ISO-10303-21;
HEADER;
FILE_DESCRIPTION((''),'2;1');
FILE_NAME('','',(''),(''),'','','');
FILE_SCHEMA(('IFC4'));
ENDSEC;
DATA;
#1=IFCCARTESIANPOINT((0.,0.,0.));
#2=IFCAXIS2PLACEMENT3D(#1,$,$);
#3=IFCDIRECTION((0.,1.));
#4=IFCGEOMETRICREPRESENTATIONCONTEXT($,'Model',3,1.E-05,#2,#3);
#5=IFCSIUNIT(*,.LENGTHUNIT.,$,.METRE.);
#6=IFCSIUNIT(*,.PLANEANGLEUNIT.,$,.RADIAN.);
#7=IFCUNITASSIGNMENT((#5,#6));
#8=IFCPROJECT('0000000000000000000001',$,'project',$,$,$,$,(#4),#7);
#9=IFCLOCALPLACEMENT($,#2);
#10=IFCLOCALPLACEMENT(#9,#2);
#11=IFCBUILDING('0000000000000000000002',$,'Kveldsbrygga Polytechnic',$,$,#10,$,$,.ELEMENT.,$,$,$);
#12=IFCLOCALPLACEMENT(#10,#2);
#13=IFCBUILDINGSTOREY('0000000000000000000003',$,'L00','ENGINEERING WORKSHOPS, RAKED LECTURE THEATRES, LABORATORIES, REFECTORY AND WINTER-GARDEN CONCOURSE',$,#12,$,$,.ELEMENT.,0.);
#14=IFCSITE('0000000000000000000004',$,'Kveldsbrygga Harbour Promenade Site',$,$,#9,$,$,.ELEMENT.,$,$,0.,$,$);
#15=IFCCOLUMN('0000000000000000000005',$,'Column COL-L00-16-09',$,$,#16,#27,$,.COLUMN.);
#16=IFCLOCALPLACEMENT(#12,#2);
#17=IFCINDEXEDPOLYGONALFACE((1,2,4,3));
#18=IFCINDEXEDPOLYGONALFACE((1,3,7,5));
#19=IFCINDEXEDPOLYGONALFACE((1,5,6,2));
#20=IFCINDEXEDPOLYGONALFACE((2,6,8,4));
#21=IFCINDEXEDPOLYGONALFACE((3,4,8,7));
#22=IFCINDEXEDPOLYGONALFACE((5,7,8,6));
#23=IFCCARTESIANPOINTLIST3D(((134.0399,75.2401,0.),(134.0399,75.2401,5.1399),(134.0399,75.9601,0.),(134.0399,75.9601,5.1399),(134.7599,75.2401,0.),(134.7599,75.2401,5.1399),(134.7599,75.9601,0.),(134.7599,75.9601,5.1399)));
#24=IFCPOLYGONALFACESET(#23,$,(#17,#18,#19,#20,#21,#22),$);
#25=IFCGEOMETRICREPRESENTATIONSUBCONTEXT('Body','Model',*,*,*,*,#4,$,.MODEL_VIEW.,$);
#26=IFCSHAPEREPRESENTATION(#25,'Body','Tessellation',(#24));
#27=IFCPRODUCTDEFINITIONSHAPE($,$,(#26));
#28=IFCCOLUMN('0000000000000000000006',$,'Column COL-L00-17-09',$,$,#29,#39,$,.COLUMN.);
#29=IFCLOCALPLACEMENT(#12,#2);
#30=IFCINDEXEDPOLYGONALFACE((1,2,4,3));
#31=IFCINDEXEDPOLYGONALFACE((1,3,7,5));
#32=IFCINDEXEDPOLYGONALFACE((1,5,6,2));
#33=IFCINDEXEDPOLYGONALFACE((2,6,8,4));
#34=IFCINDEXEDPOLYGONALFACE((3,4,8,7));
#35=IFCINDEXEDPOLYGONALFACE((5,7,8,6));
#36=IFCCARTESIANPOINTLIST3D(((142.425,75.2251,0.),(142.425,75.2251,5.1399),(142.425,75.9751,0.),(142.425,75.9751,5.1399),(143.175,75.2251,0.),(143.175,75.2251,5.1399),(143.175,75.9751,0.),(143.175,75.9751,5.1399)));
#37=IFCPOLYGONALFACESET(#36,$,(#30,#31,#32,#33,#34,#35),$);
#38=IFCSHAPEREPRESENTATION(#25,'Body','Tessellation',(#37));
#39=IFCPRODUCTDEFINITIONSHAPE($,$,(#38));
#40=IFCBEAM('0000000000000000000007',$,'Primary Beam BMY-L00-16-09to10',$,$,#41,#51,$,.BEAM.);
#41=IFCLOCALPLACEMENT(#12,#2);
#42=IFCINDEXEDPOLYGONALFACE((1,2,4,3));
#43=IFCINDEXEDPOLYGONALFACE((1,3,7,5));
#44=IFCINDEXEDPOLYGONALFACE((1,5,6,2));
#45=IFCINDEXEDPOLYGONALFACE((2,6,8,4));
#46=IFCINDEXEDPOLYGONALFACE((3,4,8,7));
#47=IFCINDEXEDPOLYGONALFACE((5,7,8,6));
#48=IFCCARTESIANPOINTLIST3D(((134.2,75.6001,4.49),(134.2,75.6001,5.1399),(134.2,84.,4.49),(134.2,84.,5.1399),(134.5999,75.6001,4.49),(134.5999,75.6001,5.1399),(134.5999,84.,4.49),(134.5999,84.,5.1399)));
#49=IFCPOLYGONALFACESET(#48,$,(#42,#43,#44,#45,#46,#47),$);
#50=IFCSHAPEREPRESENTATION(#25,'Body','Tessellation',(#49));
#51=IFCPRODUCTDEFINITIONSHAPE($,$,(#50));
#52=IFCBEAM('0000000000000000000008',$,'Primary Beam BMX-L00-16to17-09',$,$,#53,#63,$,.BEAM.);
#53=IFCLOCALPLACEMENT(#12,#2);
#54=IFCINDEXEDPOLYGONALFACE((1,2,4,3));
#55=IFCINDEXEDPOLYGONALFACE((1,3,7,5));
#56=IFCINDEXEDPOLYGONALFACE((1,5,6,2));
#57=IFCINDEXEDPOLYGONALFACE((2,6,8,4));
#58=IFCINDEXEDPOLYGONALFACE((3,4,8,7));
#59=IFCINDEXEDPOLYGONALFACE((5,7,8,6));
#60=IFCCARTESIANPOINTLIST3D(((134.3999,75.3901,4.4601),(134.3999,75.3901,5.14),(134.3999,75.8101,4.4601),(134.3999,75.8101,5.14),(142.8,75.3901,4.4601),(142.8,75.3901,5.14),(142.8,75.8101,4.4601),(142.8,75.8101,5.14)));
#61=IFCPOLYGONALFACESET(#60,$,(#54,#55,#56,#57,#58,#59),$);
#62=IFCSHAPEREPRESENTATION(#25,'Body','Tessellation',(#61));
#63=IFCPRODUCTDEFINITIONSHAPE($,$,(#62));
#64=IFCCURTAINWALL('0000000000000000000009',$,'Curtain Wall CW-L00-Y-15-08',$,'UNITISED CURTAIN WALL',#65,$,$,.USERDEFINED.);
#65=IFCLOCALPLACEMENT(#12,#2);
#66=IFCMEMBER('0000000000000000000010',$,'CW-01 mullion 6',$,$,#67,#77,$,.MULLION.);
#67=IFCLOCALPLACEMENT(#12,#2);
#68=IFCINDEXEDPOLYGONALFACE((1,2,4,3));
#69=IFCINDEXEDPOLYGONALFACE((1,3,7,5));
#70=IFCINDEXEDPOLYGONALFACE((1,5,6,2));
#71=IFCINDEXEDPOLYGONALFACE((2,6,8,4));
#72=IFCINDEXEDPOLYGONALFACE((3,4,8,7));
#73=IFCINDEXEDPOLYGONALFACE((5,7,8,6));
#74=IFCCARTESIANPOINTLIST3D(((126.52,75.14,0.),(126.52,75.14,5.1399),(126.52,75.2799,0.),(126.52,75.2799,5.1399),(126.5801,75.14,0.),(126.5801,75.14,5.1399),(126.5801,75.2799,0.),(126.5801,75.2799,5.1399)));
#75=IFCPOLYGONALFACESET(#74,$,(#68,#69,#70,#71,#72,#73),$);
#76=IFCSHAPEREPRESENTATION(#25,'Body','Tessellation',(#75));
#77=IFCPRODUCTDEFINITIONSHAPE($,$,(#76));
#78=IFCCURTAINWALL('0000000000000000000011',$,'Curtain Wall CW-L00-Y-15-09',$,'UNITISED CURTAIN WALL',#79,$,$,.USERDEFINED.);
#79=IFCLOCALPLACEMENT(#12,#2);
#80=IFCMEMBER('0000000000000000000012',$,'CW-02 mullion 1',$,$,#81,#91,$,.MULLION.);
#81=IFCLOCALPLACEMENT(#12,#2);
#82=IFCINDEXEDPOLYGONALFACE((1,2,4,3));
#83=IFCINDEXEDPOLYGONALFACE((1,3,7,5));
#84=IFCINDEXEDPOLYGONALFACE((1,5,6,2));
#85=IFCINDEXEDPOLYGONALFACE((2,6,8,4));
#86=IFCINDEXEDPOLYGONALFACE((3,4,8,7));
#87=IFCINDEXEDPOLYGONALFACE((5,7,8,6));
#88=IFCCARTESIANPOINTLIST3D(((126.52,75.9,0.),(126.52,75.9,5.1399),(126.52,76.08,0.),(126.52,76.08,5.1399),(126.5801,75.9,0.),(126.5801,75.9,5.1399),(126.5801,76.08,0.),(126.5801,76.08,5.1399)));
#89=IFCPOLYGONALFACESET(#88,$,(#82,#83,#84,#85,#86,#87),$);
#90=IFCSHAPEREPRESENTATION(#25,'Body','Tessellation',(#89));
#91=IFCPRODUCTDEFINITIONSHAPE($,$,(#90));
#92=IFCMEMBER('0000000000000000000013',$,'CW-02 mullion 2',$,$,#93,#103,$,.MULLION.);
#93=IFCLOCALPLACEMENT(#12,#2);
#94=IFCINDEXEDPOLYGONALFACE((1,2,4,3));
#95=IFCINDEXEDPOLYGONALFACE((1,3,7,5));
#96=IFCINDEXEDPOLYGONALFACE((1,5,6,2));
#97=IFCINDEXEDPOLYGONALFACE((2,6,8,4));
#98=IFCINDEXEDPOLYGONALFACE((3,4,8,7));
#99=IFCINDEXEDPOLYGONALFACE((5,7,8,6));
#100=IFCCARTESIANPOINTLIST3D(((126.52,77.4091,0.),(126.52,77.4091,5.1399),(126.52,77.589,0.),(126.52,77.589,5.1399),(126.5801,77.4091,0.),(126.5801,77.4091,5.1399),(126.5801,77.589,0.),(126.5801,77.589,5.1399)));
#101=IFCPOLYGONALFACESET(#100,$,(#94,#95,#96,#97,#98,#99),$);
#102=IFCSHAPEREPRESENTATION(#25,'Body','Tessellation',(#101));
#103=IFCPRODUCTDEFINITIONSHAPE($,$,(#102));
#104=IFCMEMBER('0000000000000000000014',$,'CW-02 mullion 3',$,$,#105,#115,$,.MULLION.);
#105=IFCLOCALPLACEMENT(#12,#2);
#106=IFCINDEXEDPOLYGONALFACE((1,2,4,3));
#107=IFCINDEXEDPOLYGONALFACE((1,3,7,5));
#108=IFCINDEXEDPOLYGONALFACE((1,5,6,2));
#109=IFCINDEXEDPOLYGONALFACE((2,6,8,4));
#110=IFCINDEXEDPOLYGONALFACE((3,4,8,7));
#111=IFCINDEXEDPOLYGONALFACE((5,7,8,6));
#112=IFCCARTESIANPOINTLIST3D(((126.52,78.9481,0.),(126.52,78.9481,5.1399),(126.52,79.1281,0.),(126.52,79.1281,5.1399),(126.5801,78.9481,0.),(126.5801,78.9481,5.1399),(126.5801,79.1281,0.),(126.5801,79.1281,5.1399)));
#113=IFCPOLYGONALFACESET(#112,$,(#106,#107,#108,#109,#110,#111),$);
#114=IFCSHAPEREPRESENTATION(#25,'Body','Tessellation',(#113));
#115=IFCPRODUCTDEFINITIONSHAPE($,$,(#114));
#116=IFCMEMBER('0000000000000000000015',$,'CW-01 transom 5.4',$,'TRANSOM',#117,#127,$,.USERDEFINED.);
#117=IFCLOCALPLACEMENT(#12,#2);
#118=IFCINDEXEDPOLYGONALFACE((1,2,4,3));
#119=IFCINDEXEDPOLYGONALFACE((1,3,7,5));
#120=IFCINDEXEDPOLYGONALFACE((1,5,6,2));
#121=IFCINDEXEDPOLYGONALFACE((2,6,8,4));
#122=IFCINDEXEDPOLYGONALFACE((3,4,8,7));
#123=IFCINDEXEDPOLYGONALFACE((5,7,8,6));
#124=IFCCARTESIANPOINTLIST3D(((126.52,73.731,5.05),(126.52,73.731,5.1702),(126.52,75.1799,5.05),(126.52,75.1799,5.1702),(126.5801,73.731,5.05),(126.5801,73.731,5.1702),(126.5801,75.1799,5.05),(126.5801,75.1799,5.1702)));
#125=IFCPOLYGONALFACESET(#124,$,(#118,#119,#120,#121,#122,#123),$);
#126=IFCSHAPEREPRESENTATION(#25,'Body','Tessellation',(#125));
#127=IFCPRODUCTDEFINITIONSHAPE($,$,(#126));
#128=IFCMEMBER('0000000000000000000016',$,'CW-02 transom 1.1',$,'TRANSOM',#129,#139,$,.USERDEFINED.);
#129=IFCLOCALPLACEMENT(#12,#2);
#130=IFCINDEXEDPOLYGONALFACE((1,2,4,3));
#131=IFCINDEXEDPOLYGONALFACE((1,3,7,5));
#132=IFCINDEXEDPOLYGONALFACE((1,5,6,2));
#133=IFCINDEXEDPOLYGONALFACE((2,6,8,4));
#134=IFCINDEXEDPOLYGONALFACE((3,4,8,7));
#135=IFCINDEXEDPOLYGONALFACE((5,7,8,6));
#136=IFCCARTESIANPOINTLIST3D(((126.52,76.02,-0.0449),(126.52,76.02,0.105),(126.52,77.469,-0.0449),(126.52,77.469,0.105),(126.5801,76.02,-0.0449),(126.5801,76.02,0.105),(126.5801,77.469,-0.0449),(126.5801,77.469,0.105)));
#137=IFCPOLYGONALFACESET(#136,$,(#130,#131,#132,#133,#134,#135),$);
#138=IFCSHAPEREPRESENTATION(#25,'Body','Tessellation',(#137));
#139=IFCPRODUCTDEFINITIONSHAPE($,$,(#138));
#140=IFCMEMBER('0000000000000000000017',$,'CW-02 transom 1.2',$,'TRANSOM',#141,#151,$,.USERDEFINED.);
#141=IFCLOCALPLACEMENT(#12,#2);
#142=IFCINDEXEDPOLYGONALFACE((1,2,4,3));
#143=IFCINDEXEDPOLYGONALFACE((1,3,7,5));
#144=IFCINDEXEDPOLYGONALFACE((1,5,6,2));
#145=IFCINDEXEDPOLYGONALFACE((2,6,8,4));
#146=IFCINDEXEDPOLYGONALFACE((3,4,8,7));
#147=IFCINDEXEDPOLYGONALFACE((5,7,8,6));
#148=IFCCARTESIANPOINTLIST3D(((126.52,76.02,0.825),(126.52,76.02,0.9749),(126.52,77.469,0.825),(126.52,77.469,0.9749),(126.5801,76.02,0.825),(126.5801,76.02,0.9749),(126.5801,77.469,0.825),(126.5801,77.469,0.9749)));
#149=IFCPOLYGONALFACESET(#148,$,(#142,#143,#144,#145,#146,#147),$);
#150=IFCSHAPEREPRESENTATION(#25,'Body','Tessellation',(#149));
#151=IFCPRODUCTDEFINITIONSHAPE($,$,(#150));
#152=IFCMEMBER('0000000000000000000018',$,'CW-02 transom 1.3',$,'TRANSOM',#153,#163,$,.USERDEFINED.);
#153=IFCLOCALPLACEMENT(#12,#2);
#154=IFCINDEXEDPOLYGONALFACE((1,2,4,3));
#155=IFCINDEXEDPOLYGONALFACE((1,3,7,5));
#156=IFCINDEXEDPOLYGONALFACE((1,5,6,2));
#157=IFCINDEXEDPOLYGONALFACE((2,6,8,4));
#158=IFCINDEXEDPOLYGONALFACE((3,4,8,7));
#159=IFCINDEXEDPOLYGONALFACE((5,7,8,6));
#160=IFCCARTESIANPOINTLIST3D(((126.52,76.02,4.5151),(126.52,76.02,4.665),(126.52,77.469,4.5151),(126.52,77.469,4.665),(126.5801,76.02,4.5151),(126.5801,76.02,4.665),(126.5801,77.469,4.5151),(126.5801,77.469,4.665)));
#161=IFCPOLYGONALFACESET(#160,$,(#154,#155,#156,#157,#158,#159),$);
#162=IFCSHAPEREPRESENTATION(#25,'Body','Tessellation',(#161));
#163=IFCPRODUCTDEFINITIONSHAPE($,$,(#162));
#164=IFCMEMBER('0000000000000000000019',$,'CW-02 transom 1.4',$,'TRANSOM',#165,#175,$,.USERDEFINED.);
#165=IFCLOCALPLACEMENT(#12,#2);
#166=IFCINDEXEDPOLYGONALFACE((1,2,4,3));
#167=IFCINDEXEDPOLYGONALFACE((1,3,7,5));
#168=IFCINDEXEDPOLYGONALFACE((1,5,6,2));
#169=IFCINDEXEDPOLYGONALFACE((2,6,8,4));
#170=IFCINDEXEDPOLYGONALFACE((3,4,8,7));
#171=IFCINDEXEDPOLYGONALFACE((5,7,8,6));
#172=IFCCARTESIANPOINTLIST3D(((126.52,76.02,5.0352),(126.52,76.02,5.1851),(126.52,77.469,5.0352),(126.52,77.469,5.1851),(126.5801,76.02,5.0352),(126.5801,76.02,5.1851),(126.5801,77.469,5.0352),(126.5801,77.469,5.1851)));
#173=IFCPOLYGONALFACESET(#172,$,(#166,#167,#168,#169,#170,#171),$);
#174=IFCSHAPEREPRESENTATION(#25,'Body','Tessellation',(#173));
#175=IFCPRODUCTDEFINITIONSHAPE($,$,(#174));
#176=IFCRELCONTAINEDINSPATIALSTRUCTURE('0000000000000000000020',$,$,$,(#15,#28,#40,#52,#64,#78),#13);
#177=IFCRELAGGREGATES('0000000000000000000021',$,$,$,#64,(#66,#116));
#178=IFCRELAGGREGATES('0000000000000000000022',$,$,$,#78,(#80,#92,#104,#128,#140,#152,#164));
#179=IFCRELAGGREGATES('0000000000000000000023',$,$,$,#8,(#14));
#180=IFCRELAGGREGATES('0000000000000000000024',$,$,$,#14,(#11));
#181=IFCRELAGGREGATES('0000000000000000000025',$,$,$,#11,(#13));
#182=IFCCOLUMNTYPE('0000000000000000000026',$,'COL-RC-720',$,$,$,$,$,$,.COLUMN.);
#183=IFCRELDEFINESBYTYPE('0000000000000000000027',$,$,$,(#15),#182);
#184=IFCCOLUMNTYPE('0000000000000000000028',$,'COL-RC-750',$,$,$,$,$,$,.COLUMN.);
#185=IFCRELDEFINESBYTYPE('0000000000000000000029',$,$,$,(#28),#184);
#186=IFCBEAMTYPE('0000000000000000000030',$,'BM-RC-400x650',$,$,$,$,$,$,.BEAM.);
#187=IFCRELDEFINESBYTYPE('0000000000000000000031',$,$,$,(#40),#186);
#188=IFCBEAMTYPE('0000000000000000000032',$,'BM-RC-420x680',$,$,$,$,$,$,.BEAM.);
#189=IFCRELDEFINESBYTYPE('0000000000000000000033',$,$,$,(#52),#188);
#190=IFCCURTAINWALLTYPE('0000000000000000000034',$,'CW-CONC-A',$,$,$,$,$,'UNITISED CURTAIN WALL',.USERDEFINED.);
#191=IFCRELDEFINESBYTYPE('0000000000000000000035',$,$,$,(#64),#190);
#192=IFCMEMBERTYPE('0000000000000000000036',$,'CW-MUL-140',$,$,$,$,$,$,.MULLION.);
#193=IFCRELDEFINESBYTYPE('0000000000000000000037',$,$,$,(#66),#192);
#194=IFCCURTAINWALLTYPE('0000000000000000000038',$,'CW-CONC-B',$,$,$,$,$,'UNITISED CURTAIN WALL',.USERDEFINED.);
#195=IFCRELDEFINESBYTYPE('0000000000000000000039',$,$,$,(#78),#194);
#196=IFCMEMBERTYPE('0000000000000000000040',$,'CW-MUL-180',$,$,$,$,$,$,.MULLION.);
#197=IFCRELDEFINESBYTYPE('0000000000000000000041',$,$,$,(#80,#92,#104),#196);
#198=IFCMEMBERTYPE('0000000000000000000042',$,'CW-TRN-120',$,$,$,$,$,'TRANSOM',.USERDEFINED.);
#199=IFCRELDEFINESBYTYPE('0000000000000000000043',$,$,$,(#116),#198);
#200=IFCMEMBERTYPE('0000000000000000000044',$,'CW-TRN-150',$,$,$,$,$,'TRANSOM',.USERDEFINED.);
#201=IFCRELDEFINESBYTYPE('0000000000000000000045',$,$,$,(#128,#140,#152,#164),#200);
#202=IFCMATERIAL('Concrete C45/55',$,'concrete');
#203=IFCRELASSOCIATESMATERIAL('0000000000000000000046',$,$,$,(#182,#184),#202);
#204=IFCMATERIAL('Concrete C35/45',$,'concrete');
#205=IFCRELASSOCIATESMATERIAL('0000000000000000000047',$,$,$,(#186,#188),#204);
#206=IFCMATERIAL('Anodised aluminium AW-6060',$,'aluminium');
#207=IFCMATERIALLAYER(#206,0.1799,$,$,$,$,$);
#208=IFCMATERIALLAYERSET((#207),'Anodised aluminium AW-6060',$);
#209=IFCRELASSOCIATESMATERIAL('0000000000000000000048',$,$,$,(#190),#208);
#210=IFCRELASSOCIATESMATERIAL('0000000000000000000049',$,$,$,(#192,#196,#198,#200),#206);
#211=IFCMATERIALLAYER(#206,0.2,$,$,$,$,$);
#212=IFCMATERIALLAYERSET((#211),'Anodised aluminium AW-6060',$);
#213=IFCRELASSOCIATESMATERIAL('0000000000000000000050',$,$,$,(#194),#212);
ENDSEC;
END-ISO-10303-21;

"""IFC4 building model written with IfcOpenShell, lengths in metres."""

from ifc_helpers import new_model, si_unit, direction, frame, origin, origin_2d, place, context, subcontext, project, spatial, rectangle, extrude, material, layer, layer_set, material_profile, profile_set, type_object, element, aggregate, save


model = new_model("IFC4")

# Units and contexts
model_context = context("Model", 3, precision=1e-05, world=origin(), true_north=direction((0.0, 1.0)))
body_context = subcontext(model_context, "Body", "Model", "MODEL_VIEW")
ifc_project = project(units=[si_unit("LENGTHUNIT", "METRE"), si_unit("PLANEANGLEUNIT", "RADIAN")], contexts=[model_context])

# Site, building, storey
site_placement = place(None, origin())
site = spatial("IfcSite", under=ifc_project, at=site_placement, Name="Kveldsbrygga Harbour Promenade Site", CompositionType="ELEMENT", RefElevation=0.0)
building_placement = place(site_placement, origin())
building = spatial("IfcBuilding", under=site, at=building_placement, Name="Kveldsbrygga Polytechnic", CompositionType="ELEMENT")
storey_placement = place(building_placement, origin())
storey = spatial("IfcBuildingStorey", under=building, at=storey_placement, Name="L00", Description="ENGINEERING WORKSHOPS, RAKED LECTURE THEATRES, LABORATORIES, REFECTORY AND WINTER-GARDEN CONCOURSE", CompositionType="ELEMENT", Elevation=0.0)

# Columns
ifc_material_1 = material(Name="Concrete C45/55", Category="concrete")
ifc_material_profile_1 = material_profile(ifc_material_1, rectangle(XDim=0.72, YDim=0.72, at=origin_2d()), Name="RC 720x720")
ifc_profile_set_1 = profile_set([ifc_material_profile_1], Name="Concrete C45/55")
column_type_1 = type_object("IfcColumnType", Name="COL-RC-720", PredefinedType="COLUMN", material=ifc_profile_set_1)
column_1_placement = place(storey_placement, frame((134.3999, 75.6001, 0.0), z_axis=(0.0, 0.0, 1.0), x_axis=(1.0, 0.0, 0.0)))
element("IfcColumn", 1, at=column_1_placement, inside=storey, type_object=column_type_1, Name="Column COL-L00-16-09", PredefinedType="COLUMN", context=body_context, shape_type="SweptSolid", body=[
    extrude(rectangle(XDim=0.72, YDim=0.72, at=origin_2d()), origin(), (0.0, 0.0, 1.0), 5.1399),
])
ifc_material_profile_2 = material_profile(ifc_material_1, rectangle(XDim=0.75, YDim=0.75, at=origin_2d()), Name="RC 750x750")
ifc_profile_set_2 = profile_set([ifc_material_profile_2], Name="Concrete C45/55")
column_type_2 = type_object("IfcColumnType", Name="COL-RC-750", PredefinedType="COLUMN", material=ifc_profile_set_2)
column_2_placement = place(storey_placement, frame((142.8, 75.6001, 0.0), z_axis=(0.0, 0.0, 1.0), x_axis=(1.0, 0.0, 0.0)))
element("IfcColumn", 2, at=column_2_placement, inside=storey, type_object=column_type_2, Name="Column COL-L00-17-09", PredefinedType="COLUMN", context=body_context, shape_type="SweptSolid", body=[
    extrude(rectangle(XDim=0.75, YDim=0.75, at=origin_2d()), origin(), (0.0, 0.0, 1.0), 5.1399),
])

# Beams
ifc_material_2 = material(Name="Concrete C35/45", Category="concrete")
ifc_material_profile_3 = material_profile(ifc_material_2, rectangle(XDim=0.3999, YDim=0.6499, at=origin_2d()), Name="RC 400x650")
ifc_profile_set_3 = profile_set([ifc_material_profile_3], Name="Concrete C35/45")
beam_type_1 = type_object("IfcBeamType", Name="BM-RC-400x650", PredefinedType="BEAM", material=ifc_profile_set_3)
beam_1_placement = place(storey_placement, frame((134.3999, 75.6001, 4.8149), z_axis=(0.0, 1.0, 0.0), x_axis=(-1.0, 0.0, 0.0)))
element("IfcBeam", 3, at=beam_1_placement, inside=storey, type_object=beam_type_1, Name="Primary Beam BMY-L00-16-09to10", PredefinedType="BEAM", context=body_context, shape_type="SweptSolid", body=[
    extrude(rectangle(XDim=0.3999, YDim=0.6499, at=origin_2d()), origin(), (0.0, 0.0, 1.0), 8.3999),
])
ifc_material_profile_4 = material_profile(ifc_material_2, rectangle(XDim=0.4199, YDim=0.6799, at=origin_2d()), Name="RC 420x680")
ifc_profile_set_4 = profile_set([ifc_material_profile_4], Name="Concrete C35/45")
beam_type_2 = type_object("IfcBeamType", Name="BM-RC-420x680", PredefinedType="BEAM", material=ifc_profile_set_4)
beam_2_placement = place(storey_placement, frame((134.3999, 75.6001, 4.8), z_axis=(1.0, 0.0, 0.0), x_axis=(0.0, 1.0, 0.0)))
element("IfcBeam", 4, at=beam_2_placement, inside=storey, type_object=beam_type_2, Name="Primary Beam BMX-L00-16to17-09", PredefinedType="BEAM", context=body_context, shape_type="SweptSolid", body=[
    extrude(rectangle(XDim=0.4199, YDim=0.6799, at=origin_2d()), origin(), (0.0, 0.0, 1.0), 8.4001),
])

# Curtain wall, member
ifc_material_3 = material(Name="Anodised aluminium AW-6060", Category="aluminium")
ifc_layer_1 = layer(ifc_material_3, 0.1799)
ifc_layer_set_1 = layer_set([ifc_layer_1], Name="Anodised aluminium AW-6060")
curtain_wall_type_1 = type_object("IfcCurtainWallType", Name="CW-CONC-A", ElementType="UNITISED CURTAIN WALL", PredefinedType="USERDEFINED", material=ifc_layer_set_1)
curtain_wall_1_placement = place(storey_placement, origin())
curtain_wall_1 = element("IfcCurtainWall", 5, at=curtain_wall_1_placement, inside=storey, type_object=curtain_wall_type_1, Name="Curtain Wall CW-L00-Y-15-08", ObjectType="UNITISED CURTAIN WALL", PredefinedType="USERDEFINED")
ifc_material_profile_5 = material_profile(ifc_material_3, rectangle(XDim=0.0601, YDim=0.1399, at=origin_2d()), Name="ALU 60x140")
ifc_profile_set_5 = profile_set([ifc_material_profile_5], Name="Anodised aluminium AW-6060")
member_type_1 = type_object("IfcMemberType", Name="CW-MUL-140", PredefinedType="MULLION", material=ifc_profile_set_5)
member_1_placement = place(storey_placement, frame((126.55, 75.21, 0.0), z_axis=(0.0, 0.0, 1.0), x_axis=(-1.0, 0.0, 0.0)))
member_1 = element("IfcMember", 6, at=member_1_placement, type_object=member_type_1, Name="CW-01 mullion 6", PredefinedType="MULLION", context=body_context, shape_type="SweptSolid", body=[
    extrude(rectangle(XDim=0.0601, YDim=0.1399, at=origin_2d()), origin(), (0.0, 0.0, 1.0), 5.1399),
])

# Curtain wall, members
ifc_layer_2 = layer(ifc_material_3, 0.2)
ifc_layer_set_2 = layer_set([ifc_layer_2], Name="Anodised aluminium AW-6060")
curtain_wall_type_2 = type_object("IfcCurtainWallType", Name="CW-CONC-B", ElementType="UNITISED CURTAIN WALL", PredefinedType="USERDEFINED", material=ifc_layer_set_2)
curtain_wall_2_placement = place(storey_placement, origin())
curtain_wall_2 = element("IfcCurtainWall", 7, at=curtain_wall_2_placement, inside=storey, type_object=curtain_wall_type_2, Name="Curtain Wall CW-L00-Y-15-09", ObjectType="UNITISED CURTAIN WALL", PredefinedType="USERDEFINED")
ifc_material_profile_6 = material_profile(ifc_material_3, rectangle(XDim=0.0601, YDim=0.1799, at=origin_2d()), Name="ALU 60x180")
ifc_profile_set_6 = profile_set([ifc_material_profile_6], Name="Anodised aluminium AW-6060")
member_type_2 = type_object("IfcMemberType", Name="CW-MUL-180", PredefinedType="MULLION", material=ifc_profile_set_6)
member_2_placement = place(storey_placement, frame((126.55, 75.99, 0.0), z_axis=(0.0, 0.0, 1.0), x_axis=(-1.0, 0.0, 0.0)))
member_2 = element("IfcMember", 8, at=member_2_placement, type_object=member_type_2, Name="CW-02 mullion 1", PredefinedType="MULLION", context=body_context, shape_type="SweptSolid", body=[
    extrude(rectangle(XDim=0.0601, YDim=0.1799, at=origin_2d()), origin(), (0.0, 0.0, 1.0), 5.1399),
])
member_3_placement = place(storey_placement, frame((126.55, 77.499, 0.0), z_axis=(0.0, 0.0, 1.0), x_axis=(-1.0, 0.0, 0.0)))
member_3 = element("IfcMember", 9, at=member_3_placement, type_object=member_type_2, Name="CW-02 mullion 2", PredefinedType="MULLION", context=body_context, shape_type="SweptSolid", body=[
    extrude(rectangle(XDim=0.0601, YDim=0.1799, at=origin_2d()), origin(), (0.0, 0.0, 1.0), 5.1399),
])
member_4_placement = place(storey_placement, frame((126.55, 79.0381, 0.0), z_axis=(0.0, 0.0, 1.0), x_axis=(-1.0, 0.0, 0.0)))
member_4 = element("IfcMember", 10, at=member_4_placement, type_object=member_type_2, Name="CW-02 mullion 3", PredefinedType="MULLION", context=body_context, shape_type="SweptSolid", body=[
    extrude(rectangle(XDim=0.0601, YDim=0.1799, at=origin_2d()), origin(), (0.0, 0.0, 1.0), 5.1399),
])

# Members
ifc_material_profile_7 = material_profile(ifc_material_3, rectangle(XDim=0.0601, YDim=0.1201, at=origin_2d()), Name="ALU 60x120")
ifc_profile_set_7 = profile_set([ifc_material_profile_7], Name="Anodised aluminium AW-6060")
member_type_3 = type_object("IfcMemberType", Name="CW-TRN-120", ElementType="TRANSOM", PredefinedType="USERDEFINED", material=ifc_profile_set_7)
member_5_placement = place(storey_placement, frame((126.55, 73.731, 5.1101), z_axis=(0.0, 1.0, 0.0), x_axis=(-1.0, 0.0, 0.0)))
member_5 = element("IfcMember", 11, at=member_5_placement, type_object=member_type_3, Name="CW-01 transom 5.4", ObjectType="TRANSOM", PredefinedType="USERDEFINED", context=body_context, shape_type="SweptSolid", body=[
    extrude(rectangle(XDim=0.0601, YDim=0.1201, at=origin_2d()), origin(), (0.0, 0.0, 1.0), 1.449),
])
ifc_material_profile_8 = material_profile(ifc_material_3, rectangle(XDim=0.0601, YDim=0.1499, at=origin_2d()), Name="ALU 60x150")
ifc_profile_set_8 = profile_set([ifc_material_profile_8], Name="Anodised aluminium AW-6060")
member_type_4 = type_object("IfcMemberType", Name="CW-TRN-150", ElementType="TRANSOM", PredefinedType="USERDEFINED", material=ifc_profile_set_8)
member_6_placement = place(storey_placement, frame((126.55, 76.02, 0.03), z_axis=(0.0, 1.0, 0.0), x_axis=(-1.0, 0.0, 0.0)))
member_6 = element("IfcMember", 12, at=member_6_placement, type_object=member_type_4, Name="CW-02 transom 1.1", ObjectType="TRANSOM", PredefinedType="USERDEFINED", context=body_context, shape_type="SweptSolid", body=[
    extrude(rectangle(XDim=0.0601, YDim=0.1499, at=origin_2d()), origin(), (0.0, 0.0, 1.0), 1.449),
])
member_7_placement = place(storey_placement, frame((126.55, 76.02, 0.8999), z_axis=(0.0, 1.0, 0.0), x_axis=(-1.0, 0.0, 0.0)))
member_7 = element("IfcMember", 13, at=member_7_placement, type_object=member_type_4, Name="CW-02 transom 1.2", ObjectType="TRANSOM", PredefinedType="USERDEFINED", context=body_context, shape_type="SweptSolid", body=[
    extrude(rectangle(XDim=0.0601, YDim=0.1499, at=origin_2d()), origin(), (0.0, 0.0, 1.0), 1.449),
])
member_8_placement = place(storey_placement, frame((126.55, 76.02, 4.5901), z_axis=(0.0, 1.0, 0.0), x_axis=(-1.0, 0.0, 0.0)))
member_8 = element("IfcMember", 14, at=member_8_placement, type_object=member_type_4, Name="CW-02 transom 1.3", ObjectType="TRANSOM", PredefinedType="USERDEFINED", context=body_context, shape_type="SweptSolid", body=[
    extrude(rectangle(XDim=0.0601, YDim=0.1499, at=origin_2d()), origin(), (0.0, 0.0, 1.0), 1.449),
])
member_9_placement = place(storey_placement, frame((126.55, 76.02, 5.1101), z_axis=(0.0, 1.0, 0.0), x_axis=(-1.0, 0.0, 0.0)))
member_9 = element("IfcMember", 15, at=member_9_placement, type_object=member_type_4, Name="CW-02 transom 1.4", ObjectType="TRANSOM", PredefinedType="USERDEFINED", context=body_context, shape_type="SweptSolid", body=[
    extrude(rectangle(XDim=0.0601, YDim=0.1499, at=origin_2d()), origin(), (0.0, 0.0, 1.0), 1.449),
])

aggregate(curtain_wall_1, [member_1, member_5])
aggregate(curtain_wall_2, [member_2, member_3, member_4, member_6, member_7, member_8, member_9])

save(model, "model.ifc")
